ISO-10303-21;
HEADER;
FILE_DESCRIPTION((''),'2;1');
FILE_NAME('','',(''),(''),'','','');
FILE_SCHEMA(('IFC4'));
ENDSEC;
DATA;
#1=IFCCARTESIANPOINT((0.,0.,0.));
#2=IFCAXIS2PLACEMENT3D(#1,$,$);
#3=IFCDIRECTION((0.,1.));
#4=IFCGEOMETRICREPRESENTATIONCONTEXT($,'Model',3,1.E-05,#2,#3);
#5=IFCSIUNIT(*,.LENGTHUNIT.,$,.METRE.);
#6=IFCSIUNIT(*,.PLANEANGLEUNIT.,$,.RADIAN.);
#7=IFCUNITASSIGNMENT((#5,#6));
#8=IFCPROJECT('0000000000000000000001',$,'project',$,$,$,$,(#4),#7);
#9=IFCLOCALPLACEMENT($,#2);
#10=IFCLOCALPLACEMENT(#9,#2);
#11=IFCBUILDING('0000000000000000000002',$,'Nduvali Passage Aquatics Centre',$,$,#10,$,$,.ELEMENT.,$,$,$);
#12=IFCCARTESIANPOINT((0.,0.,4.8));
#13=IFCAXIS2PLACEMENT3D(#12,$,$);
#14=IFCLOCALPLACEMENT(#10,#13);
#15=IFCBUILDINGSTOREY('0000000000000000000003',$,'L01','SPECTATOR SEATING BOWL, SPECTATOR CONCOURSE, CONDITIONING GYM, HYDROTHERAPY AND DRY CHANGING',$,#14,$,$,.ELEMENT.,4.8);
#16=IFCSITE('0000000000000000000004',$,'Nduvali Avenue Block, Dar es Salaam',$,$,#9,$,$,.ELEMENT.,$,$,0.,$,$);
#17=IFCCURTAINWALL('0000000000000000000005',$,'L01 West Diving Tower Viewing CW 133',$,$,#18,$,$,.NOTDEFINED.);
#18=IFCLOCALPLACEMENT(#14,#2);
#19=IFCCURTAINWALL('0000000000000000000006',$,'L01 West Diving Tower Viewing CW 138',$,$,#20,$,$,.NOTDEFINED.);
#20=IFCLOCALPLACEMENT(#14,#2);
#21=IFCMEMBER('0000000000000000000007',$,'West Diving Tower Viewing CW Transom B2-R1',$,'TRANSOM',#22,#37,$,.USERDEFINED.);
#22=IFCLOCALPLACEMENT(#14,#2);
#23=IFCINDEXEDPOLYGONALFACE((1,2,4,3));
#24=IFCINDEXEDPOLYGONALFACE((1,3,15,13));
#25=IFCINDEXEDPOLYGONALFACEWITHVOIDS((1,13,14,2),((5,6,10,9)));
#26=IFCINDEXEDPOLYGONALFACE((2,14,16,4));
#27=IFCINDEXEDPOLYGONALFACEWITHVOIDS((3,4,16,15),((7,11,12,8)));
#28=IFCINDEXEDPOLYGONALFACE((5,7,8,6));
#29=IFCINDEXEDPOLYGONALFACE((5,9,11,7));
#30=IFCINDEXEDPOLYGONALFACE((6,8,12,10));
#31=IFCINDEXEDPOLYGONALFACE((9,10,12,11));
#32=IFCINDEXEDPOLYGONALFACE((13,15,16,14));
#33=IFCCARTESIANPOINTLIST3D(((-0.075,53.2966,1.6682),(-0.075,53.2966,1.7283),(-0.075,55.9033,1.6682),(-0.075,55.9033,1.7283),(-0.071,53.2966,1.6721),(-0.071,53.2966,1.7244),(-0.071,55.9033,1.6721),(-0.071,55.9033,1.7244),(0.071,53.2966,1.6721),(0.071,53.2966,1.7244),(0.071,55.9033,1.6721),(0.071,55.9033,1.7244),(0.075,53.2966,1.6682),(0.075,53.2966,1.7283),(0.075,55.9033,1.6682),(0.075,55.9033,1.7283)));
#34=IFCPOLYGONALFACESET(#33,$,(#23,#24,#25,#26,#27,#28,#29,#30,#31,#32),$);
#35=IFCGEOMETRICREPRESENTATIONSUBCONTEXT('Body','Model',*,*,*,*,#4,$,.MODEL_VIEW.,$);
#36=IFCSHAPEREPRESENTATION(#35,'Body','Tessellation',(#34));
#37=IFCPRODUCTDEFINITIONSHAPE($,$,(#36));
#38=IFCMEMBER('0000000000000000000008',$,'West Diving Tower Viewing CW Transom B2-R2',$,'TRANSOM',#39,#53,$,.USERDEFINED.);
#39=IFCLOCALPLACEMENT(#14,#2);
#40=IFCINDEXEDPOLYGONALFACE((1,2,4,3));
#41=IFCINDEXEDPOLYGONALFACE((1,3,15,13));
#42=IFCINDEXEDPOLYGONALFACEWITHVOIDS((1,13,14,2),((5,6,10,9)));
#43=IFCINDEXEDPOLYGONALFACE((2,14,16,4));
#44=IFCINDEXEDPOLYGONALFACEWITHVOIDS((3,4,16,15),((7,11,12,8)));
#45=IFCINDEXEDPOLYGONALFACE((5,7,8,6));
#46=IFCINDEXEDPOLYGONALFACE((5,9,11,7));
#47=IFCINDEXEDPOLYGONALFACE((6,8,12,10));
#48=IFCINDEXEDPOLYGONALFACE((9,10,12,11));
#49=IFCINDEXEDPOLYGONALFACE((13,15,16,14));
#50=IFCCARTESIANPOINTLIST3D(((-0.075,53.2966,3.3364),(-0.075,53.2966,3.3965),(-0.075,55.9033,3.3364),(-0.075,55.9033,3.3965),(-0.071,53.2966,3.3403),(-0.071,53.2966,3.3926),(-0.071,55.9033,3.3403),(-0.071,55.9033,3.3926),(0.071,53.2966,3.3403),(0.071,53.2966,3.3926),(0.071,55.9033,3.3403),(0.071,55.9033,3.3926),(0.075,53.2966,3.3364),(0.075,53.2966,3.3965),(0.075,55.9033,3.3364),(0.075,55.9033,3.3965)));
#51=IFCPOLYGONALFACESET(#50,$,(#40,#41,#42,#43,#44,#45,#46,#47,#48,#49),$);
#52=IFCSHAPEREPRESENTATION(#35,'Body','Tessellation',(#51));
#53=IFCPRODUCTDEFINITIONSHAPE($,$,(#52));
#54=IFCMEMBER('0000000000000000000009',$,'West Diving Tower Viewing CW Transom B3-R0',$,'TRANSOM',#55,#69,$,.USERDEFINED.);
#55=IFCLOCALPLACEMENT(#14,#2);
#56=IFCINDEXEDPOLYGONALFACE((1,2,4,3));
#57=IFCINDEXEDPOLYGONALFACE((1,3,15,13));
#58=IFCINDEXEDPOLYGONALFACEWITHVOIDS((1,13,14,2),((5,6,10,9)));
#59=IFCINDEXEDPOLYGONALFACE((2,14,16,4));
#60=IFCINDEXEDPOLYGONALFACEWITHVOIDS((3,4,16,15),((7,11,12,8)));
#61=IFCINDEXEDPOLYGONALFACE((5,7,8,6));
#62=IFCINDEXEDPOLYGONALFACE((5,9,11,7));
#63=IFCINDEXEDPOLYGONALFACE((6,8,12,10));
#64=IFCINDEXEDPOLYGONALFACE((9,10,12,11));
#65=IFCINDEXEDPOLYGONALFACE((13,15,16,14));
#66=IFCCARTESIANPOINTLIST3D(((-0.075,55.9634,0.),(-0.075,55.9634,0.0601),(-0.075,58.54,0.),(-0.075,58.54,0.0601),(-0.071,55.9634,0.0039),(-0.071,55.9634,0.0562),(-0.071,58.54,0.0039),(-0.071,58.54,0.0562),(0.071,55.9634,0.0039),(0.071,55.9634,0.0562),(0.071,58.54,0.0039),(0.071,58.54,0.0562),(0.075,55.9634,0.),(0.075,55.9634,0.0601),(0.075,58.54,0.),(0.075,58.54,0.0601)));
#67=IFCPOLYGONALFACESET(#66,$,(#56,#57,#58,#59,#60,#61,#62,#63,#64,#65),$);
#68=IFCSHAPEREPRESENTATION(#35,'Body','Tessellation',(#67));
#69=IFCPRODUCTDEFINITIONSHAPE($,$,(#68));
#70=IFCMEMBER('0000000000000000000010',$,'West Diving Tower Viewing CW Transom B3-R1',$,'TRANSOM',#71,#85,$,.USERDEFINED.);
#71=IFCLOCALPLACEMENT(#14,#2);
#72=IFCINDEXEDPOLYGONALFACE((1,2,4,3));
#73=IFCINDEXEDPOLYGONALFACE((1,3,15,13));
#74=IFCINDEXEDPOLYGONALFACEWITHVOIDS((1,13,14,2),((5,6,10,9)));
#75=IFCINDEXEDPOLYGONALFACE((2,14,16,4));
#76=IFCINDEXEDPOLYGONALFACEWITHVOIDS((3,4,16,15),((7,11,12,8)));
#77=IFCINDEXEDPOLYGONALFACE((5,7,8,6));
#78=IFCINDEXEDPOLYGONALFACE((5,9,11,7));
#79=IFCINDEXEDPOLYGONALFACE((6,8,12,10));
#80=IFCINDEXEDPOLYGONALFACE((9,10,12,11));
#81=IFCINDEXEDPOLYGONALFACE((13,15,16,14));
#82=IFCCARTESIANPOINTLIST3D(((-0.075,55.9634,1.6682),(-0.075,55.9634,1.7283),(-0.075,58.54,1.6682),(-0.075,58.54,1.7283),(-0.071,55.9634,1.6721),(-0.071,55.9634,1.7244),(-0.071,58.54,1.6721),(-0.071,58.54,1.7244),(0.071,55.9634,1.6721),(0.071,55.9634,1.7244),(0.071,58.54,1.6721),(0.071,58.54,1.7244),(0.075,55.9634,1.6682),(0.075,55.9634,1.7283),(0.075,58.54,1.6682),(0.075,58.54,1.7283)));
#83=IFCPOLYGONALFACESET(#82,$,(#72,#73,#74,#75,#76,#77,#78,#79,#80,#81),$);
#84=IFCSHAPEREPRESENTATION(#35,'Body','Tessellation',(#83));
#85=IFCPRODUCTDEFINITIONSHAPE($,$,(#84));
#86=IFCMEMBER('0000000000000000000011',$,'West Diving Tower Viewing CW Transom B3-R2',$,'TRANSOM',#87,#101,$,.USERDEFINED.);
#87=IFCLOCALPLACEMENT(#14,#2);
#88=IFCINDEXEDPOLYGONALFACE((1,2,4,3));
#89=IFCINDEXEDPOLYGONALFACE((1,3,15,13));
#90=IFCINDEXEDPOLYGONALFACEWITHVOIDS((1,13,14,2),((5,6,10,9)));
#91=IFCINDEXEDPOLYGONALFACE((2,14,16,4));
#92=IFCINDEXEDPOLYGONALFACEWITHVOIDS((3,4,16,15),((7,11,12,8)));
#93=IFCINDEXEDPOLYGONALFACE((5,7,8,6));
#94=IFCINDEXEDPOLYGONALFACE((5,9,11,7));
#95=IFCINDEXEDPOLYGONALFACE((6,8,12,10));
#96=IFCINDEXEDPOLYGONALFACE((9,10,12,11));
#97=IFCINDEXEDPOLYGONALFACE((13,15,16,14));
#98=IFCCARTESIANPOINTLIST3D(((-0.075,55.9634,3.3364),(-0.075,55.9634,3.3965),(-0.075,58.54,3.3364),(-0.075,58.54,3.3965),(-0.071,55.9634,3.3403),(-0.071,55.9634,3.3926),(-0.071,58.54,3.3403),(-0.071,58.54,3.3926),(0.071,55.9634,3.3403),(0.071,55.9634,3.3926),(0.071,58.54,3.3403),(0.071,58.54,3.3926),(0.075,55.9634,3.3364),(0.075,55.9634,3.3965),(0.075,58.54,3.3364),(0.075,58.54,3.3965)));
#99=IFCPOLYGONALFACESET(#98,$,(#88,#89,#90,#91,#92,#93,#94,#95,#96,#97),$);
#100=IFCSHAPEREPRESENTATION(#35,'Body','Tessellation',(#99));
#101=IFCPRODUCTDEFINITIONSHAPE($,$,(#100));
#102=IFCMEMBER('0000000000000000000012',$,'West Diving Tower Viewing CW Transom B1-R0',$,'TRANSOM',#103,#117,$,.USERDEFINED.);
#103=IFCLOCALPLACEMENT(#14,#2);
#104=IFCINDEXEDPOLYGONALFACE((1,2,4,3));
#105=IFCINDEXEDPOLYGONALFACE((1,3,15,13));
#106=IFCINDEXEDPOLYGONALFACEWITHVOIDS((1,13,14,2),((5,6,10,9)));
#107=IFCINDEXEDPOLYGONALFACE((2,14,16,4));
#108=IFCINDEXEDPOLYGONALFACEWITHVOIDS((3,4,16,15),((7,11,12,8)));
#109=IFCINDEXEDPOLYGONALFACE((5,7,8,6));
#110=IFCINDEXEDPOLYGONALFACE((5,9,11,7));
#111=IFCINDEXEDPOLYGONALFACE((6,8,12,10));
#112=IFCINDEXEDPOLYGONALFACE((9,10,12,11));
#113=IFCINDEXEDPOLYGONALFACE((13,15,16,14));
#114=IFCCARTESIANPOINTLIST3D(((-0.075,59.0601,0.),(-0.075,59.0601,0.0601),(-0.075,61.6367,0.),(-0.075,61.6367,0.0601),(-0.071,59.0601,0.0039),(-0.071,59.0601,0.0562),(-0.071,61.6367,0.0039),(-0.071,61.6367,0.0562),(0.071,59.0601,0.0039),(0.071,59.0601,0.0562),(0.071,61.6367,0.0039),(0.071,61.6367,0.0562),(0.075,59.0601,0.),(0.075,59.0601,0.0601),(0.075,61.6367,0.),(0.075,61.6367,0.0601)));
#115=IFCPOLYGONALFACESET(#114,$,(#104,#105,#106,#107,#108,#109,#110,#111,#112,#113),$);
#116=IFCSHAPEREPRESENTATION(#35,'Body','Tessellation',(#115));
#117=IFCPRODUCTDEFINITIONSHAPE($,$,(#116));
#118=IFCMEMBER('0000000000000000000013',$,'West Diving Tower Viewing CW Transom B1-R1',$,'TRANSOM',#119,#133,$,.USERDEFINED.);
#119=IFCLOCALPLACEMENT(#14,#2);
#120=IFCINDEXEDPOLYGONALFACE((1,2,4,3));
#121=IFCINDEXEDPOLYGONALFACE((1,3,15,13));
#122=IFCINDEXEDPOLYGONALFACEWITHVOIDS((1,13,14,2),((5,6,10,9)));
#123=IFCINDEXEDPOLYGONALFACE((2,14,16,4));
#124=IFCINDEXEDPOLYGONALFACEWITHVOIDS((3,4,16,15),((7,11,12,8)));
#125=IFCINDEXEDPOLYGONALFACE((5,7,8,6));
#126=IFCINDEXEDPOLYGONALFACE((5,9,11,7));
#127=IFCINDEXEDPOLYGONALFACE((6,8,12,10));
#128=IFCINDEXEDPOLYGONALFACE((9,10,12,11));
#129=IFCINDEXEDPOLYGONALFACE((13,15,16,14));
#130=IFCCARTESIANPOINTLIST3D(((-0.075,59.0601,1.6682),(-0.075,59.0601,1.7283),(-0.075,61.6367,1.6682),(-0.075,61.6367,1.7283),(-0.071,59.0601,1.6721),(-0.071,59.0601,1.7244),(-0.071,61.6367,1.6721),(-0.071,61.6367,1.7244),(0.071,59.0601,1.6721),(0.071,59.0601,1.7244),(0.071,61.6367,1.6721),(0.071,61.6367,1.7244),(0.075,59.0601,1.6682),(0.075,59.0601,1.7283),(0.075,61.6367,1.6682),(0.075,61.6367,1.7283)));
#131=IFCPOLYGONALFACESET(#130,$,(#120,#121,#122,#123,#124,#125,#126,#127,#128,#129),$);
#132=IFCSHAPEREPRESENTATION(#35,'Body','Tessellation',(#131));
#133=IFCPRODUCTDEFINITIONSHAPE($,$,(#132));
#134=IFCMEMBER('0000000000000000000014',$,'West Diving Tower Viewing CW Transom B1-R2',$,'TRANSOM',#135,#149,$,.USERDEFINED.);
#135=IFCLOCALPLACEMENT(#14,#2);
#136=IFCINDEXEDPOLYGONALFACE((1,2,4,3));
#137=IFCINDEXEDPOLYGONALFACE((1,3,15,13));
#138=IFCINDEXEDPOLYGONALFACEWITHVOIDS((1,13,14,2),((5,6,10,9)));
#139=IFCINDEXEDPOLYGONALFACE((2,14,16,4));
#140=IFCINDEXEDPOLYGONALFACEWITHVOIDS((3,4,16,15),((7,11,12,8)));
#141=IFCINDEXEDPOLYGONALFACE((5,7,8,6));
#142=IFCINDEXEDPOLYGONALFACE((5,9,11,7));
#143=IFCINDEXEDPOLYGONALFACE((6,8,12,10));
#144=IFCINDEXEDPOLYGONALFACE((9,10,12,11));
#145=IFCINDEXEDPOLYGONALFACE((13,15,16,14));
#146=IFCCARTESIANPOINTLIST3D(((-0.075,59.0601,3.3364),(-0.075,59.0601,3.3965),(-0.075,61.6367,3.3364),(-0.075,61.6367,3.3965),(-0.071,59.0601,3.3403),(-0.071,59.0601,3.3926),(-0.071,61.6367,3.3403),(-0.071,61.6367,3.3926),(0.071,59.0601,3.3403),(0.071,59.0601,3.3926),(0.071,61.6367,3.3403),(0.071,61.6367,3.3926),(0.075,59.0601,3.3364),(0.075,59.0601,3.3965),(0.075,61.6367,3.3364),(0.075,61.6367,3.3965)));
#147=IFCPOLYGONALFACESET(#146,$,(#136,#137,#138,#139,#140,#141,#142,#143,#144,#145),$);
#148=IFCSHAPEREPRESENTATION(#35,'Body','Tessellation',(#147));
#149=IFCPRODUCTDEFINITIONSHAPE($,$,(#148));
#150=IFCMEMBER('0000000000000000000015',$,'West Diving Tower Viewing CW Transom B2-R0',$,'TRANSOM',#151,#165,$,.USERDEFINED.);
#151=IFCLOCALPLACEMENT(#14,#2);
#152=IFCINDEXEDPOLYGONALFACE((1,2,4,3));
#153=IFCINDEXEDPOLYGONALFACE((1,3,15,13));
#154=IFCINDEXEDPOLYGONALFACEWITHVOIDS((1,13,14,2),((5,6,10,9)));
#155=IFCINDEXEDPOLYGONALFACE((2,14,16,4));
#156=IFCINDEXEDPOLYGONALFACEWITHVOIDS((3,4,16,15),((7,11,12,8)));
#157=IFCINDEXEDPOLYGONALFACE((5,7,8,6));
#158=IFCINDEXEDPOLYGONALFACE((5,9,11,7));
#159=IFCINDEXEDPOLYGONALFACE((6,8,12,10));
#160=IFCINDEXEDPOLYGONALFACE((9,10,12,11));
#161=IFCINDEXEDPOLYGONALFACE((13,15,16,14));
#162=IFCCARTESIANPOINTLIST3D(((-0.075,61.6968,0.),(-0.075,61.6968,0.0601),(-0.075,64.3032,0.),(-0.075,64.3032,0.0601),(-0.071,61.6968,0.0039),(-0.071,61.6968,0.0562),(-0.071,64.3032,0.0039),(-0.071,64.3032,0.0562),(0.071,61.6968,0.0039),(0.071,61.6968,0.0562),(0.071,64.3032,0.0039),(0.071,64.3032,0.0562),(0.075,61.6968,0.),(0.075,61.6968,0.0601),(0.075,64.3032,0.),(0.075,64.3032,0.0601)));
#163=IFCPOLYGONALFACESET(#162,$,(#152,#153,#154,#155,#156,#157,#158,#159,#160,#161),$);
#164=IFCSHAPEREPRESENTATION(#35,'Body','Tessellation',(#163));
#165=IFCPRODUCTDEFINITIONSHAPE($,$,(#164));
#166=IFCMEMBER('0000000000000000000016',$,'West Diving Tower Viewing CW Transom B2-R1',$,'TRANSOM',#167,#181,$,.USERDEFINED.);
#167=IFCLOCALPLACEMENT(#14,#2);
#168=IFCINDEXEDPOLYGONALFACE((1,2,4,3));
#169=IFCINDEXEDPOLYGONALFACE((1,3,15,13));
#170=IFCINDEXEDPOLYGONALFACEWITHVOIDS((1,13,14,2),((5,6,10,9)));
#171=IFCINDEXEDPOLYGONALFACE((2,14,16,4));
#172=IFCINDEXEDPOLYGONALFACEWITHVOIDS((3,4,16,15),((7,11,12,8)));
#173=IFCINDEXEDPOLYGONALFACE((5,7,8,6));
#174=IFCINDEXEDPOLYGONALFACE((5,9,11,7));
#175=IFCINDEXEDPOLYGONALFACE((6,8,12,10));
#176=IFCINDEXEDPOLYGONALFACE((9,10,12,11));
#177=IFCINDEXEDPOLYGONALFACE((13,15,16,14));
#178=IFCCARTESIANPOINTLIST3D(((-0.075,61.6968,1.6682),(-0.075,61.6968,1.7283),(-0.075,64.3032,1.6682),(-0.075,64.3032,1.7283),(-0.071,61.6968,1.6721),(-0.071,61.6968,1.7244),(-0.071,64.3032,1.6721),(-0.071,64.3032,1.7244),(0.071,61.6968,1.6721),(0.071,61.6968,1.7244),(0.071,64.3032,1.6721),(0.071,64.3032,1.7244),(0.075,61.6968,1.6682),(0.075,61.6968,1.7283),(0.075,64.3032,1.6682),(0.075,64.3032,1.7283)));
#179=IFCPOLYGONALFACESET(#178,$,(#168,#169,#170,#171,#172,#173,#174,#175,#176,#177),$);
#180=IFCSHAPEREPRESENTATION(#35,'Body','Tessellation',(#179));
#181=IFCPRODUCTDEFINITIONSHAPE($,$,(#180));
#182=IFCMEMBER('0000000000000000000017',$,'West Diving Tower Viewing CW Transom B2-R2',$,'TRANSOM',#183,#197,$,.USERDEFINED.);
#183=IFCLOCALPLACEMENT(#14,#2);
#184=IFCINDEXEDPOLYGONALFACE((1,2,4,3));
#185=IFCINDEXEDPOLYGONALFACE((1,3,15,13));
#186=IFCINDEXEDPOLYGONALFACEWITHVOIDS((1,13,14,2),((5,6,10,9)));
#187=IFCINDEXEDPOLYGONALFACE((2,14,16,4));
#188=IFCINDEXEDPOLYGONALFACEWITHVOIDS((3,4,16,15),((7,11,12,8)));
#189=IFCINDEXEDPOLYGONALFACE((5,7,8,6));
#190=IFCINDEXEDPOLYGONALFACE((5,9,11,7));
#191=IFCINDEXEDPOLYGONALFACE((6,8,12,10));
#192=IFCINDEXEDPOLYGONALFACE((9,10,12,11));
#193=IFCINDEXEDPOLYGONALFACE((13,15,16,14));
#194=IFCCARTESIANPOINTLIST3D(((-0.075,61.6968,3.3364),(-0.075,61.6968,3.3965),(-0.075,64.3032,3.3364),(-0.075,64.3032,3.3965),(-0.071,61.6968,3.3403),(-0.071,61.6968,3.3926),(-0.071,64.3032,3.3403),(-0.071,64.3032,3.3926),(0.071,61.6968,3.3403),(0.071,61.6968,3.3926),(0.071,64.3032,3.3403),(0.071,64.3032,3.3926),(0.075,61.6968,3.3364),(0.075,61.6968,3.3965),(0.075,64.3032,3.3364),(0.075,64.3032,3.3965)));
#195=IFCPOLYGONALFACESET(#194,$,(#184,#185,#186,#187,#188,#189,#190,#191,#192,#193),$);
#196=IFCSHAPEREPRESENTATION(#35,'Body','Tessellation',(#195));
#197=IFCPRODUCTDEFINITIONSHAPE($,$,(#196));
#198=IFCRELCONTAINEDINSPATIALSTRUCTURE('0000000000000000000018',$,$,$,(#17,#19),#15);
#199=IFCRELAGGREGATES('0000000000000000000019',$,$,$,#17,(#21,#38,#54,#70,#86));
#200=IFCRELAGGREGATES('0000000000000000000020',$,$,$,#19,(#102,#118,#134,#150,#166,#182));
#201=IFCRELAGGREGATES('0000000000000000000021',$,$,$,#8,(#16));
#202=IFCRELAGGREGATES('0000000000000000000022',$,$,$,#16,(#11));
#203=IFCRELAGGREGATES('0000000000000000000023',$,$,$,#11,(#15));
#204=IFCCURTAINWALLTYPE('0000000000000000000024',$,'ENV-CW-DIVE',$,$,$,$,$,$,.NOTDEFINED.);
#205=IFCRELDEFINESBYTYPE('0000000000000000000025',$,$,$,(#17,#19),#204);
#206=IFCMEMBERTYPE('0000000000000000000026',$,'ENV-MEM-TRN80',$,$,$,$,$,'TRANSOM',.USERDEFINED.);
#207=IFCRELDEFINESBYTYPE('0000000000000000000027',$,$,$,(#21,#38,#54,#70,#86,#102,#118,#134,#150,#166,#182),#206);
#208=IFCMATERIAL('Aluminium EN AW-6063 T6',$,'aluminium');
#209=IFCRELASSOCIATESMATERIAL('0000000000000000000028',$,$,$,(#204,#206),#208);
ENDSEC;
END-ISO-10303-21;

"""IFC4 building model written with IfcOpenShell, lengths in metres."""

from ifc_helpers import new_model, si_unit, direction, frame, origin, origin_2d, place, context, subcontext, project, spatial, hollow_rectangle, extrude, material, material_profile, profile_set, type_object, element, aggregate, save


model = new_model("IFC4")

# Units and contexts
model_context = context("Model", 3, precision=1e-05, world=origin(), true_north=direction((0.0, 1.0)))
body_context = subcontext(model_context, "Body", "Model", "MODEL_VIEW")
ifc_project = project(units=[si_unit("LENGTHUNIT", "METRE"), si_unit("PLANEANGLEUNIT", "RADIAN")], contexts=[model_context])

# Site, building, storey
site_placement = place(None, origin())
site = spatial("IfcSite", under=ifc_project, at=site_placement, Name="Nduvali Avenue Block, Dar es Salaam", CompositionType="ELEMENT", RefElevation=0.0)
building_placement = place(site_placement, origin())
building = spatial("IfcBuilding", under=site, at=building_placement, Name="Nduvali Passage Aquatics Centre", CompositionType="ELEMENT")
storey_placement = place(building_placement, frame((0.0, 0.0, 4.8)))
storey = spatial("IfcBuildingStorey", under=building, at=storey_placement, Name="L01", Description="SPECTATOR SEATING BOWL, SPECTATOR CONCOURSE, CONDITIONING GYM, HYDROTHERAPY AND DRY CHANGING", CompositionType="ELEMENT", Elevation=4.8)

# Curtain walls
ifc_material_1 = material(Name="Aluminium EN AW-6063 T6", Category="aluminium")
curtain_wall_type = type_object("IfcCurtainWallType", Name="ENV-CW-DIVE", PredefinedType="NOTDEFINED", material=ifc_material_1)
curtain_wall_1_placement = place(storey_placement, origin())
curtain_wall_1 = element("IfcCurtainWall", 1, at=curtain_wall_1_placement, inside=storey, type_object=curtain_wall_type, Name="L01 West Diving Tower Viewing CW 133", PredefinedType="NOTDEFINED")
curtain_wall_2_placement = place(storey_placement, origin())
curtain_wall_2 = element("IfcCurtainWall", 2, at=curtain_wall_2_placement, inside=storey, type_object=curtain_wall_type, Name="L01 West Diving Tower Viewing CW 138", PredefinedType="NOTDEFINED")

# Members
ifc_material_profile_1 = material_profile(ifc_material_1, hollow_rectangle(XDim=0.1499, YDim=0.0601, WallThickness=0.0039, at=origin_2d()), Name="ALU TRANSOM 150x60x4")
ifc_profile_set_1 = profile_set([ifc_material_profile_1], Name="Aluminium EN AW-6063 T6")
member_type_1 = type_object("IfcMemberType", Name="ENV-MEM-TRN80", ElementType="TRANSOM", PredefinedType="USERDEFINED", material=ifc_profile_set_1)
member_1_placement = place(storey_placement, frame((0.0, 53.2966, 1.6982), z_axis=(0.0, 1.0, 0.0), x_axis=(-1.0, 0.0, 0.0)))
member_1 = element("IfcMember", 3, at=member_1_placement, type_object=member_type_1, Name="West Diving Tower Viewing CW Transom B2-R1", ObjectType="TRANSOM", PredefinedType="USERDEFINED", context=body_context, shape_type="SweptSolid", body=[
    extrude(hollow_rectangle(XDim=0.1499, YDim=0.0601, WallThickness=0.0039, at=origin_2d()), origin(), (0.0, 0.0, 1.0), 2.6067),
])
member_2_placement = place(storey_placement, frame((0.0, 53.2966, 3.3665), z_axis=(0.0, 1.0, 0.0), x_axis=(-1.0, 0.0, 0.0)))
member_2 = element("IfcMember", 4, at=member_2_placement, type_object=member_type_1, Name="West Diving Tower Viewing CW Transom B2-R2", ObjectType="TRANSOM", PredefinedType="USERDEFINED", context=body_context, shape_type="SweptSolid", body=[
    extrude(hollow_rectangle(XDim=0.1499, YDim=0.0601, WallThickness=0.0039, at=origin_2d()), origin(), (0.0, 0.0, 1.0), 2.6067),
])
member_3_placement = place(storey_placement, frame((0.0, 55.9634, 0.03), z_axis=(0.0, 1.0, 0.0), x_axis=(-1.0, 0.0, 0.0)))
member_3 = element("IfcMember", 5, at=member_3_placement, type_object=member_type_1, Name="West Diving Tower Viewing CW Transom B3-R0", ObjectType="TRANSOM", PredefinedType="USERDEFINED", context=body_context, shape_type="SweptSolid", body=[
    extrude(hollow_rectangle(XDim=0.1499, YDim=0.0601, WallThickness=0.0039, at=origin_2d()), origin(), (0.0, 0.0, 1.0), 2.5767),
])
member_4_placement = place(storey_placement, frame((0.0, 55.9634, 1.6982), z_axis=(0.0, 1.0, 0.0), x_axis=(-1.0, 0.0, 0.0)))
member_4 = element("IfcMember", 6, at=member_4_placement, type_object=member_type_1, Name="West Diving Tower Viewing CW Transom B3-R1", ObjectType="TRANSOM", PredefinedType="USERDEFINED", context=body_context, shape_type="SweptSolid", body=[
    extrude(hollow_rectangle(XDim=0.1499, YDim=0.0601, WallThickness=0.0039, at=origin_2d()), origin(), (0.0, 0.0, 1.0), 2.5767),
])
member_5_placement = place(storey_placement, frame((0.0, 55.9634, 3.3665), z_axis=(0.0, 1.0, 0.0), x_axis=(-1.0, 0.0, 0.0)))
member_5 = element("IfcMember", 7, at=member_5_placement, type_object=member_type_1, Name="West Diving Tower Viewing CW Transom B3-R2", ObjectType="TRANSOM", PredefinedType="USERDEFINED", context=body_context, shape_type="SweptSolid", body=[
    extrude(hollow_rectangle(XDim=0.1499, YDim=0.0601, WallThickness=0.0039, at=origin_2d()), origin(), (0.0, 0.0, 1.0), 2.5767),
])
member_6_placement = place(storey_placement, frame((0.0, 59.0601, 0.03), z_axis=(0.0, 1.0, 0.0), x_axis=(-1.0, 0.0, 0.0)))
member_6 = element("IfcMember", 8, at=member_6_placement, type_object=member_type_1, Name="West Diving Tower Viewing CW Transom B1-R0", ObjectType="TRANSOM", PredefinedType="USERDEFINED", context=body_context, shape_type="SweptSolid", body=[
    extrude(hollow_rectangle(XDim=0.1499, YDim=0.0601, WallThickness=0.0039, at=origin_2d()), origin(), (0.0, 0.0, 1.0), 2.5767),
])
member_7_placement = place(storey_placement, frame((0.0, 59.0601, 1.6982), z_axis=(0.0, 1.0, 0.0), x_axis=(-1.0, 0.0, 0.0)))
member_7 = element("IfcMember", 9, at=member_7_placement, type_object=member_type_1, Name="West Diving Tower Viewing CW Transom B1-R1", ObjectType="TRANSOM", PredefinedType="USERDEFINED", context=body_context, shape_type="SweptSolid", body=[
    extrude(hollow_rectangle(XDim=0.1499, YDim=0.0601, WallThickness=0.0039, at=origin_2d()), origin(), (0.0, 0.0, 1.0), 2.5767),
])
member_8_placement = place(storey_placement, frame((0.0, 59.0601, 3.3665), z_axis=(0.0, 1.0, 0.0), x_axis=(-1.0, 0.0, 0.0)))
member_8 = element("IfcMember", 10, at=member_8_placement, type_object=member_type_1, Name="West Diving Tower Viewing CW Transom B1-R2", ObjectType="TRANSOM", PredefinedType="USERDEFINED", context=body_context, shape_type="SweptSolid", body=[
    extrude(hollow_rectangle(XDim=0.1499, YDim=0.0601, WallThickness=0.0039, at=origin_2d()), origin(), (0.0, 0.0, 1.0), 2.5767),
])
member_9_placement = place(storey_placement, frame((0.0, 61.6968, 0.03), z_axis=(0.0, 1.0, 0.0), x_axis=(-1.0, 0.0, 0.0)))
member_9 = element("IfcMember", 11, at=member_9_placement, type_object=member_type_1, Name="West Diving Tower Viewing CW Transom B2-R0", ObjectType="TRANSOM", PredefinedType="USERDEFINED", context=body_context, shape_type="SweptSolid", body=[
    extrude(hollow_rectangle(XDim=0.1499, YDim=0.0601, WallThickness=0.0039, at=origin_2d()), origin(), (0.0, 0.0, 1.0), 2.6064),
])
member_10_placement = place(storey_placement, frame((0.0, 61.6968, 1.6982), z_axis=(0.0, 1.0, 0.0), x_axis=(-1.0, 0.0, 0.0)))
member_10 = element("IfcMember", 12, at=member_10_placement, type_object=member_type_1, Name="West Diving Tower Viewing CW Transom B2-R1", ObjectType="TRANSOM", PredefinedType="USERDEFINED", context=body_context, shape_type="SweptSolid", body=[
    extrude(hollow_rectangle(XDim=0.1499, YDim=0.0601, WallThickness=0.0039, at=origin_2d()), origin(), (0.0, 0.0, 1.0), 2.6064),
])
member_11_placement = place(storey_placement, frame((0.0, 61.6968, 3.3665), z_axis=(0.0, 1.0, 0.0), x_axis=(-1.0, 0.0, 0.0)))
member_11 = element("IfcMember", 13, at=member_11_placement, type_object=member_type_1, Name="West Diving Tower Viewing CW Transom B2-R2", ObjectType="TRANSOM", PredefinedType="USERDEFINED", context=body_context, shape_type="SweptSolid", body=[
    extrude(hollow_rectangle(XDim=0.1499, YDim=0.0601, WallThickness=0.0039, at=origin_2d()), origin(), (0.0, 0.0, 1.0), 2.6064),
])

aggregate(curtain_wall_1, [member_1, member_2, member_3, member_4, member_5])
aggregate(curtain_wall_2, [member_6, member_7, member_8, member_9, member_10, member_11])

save(model, "model.ifc")
